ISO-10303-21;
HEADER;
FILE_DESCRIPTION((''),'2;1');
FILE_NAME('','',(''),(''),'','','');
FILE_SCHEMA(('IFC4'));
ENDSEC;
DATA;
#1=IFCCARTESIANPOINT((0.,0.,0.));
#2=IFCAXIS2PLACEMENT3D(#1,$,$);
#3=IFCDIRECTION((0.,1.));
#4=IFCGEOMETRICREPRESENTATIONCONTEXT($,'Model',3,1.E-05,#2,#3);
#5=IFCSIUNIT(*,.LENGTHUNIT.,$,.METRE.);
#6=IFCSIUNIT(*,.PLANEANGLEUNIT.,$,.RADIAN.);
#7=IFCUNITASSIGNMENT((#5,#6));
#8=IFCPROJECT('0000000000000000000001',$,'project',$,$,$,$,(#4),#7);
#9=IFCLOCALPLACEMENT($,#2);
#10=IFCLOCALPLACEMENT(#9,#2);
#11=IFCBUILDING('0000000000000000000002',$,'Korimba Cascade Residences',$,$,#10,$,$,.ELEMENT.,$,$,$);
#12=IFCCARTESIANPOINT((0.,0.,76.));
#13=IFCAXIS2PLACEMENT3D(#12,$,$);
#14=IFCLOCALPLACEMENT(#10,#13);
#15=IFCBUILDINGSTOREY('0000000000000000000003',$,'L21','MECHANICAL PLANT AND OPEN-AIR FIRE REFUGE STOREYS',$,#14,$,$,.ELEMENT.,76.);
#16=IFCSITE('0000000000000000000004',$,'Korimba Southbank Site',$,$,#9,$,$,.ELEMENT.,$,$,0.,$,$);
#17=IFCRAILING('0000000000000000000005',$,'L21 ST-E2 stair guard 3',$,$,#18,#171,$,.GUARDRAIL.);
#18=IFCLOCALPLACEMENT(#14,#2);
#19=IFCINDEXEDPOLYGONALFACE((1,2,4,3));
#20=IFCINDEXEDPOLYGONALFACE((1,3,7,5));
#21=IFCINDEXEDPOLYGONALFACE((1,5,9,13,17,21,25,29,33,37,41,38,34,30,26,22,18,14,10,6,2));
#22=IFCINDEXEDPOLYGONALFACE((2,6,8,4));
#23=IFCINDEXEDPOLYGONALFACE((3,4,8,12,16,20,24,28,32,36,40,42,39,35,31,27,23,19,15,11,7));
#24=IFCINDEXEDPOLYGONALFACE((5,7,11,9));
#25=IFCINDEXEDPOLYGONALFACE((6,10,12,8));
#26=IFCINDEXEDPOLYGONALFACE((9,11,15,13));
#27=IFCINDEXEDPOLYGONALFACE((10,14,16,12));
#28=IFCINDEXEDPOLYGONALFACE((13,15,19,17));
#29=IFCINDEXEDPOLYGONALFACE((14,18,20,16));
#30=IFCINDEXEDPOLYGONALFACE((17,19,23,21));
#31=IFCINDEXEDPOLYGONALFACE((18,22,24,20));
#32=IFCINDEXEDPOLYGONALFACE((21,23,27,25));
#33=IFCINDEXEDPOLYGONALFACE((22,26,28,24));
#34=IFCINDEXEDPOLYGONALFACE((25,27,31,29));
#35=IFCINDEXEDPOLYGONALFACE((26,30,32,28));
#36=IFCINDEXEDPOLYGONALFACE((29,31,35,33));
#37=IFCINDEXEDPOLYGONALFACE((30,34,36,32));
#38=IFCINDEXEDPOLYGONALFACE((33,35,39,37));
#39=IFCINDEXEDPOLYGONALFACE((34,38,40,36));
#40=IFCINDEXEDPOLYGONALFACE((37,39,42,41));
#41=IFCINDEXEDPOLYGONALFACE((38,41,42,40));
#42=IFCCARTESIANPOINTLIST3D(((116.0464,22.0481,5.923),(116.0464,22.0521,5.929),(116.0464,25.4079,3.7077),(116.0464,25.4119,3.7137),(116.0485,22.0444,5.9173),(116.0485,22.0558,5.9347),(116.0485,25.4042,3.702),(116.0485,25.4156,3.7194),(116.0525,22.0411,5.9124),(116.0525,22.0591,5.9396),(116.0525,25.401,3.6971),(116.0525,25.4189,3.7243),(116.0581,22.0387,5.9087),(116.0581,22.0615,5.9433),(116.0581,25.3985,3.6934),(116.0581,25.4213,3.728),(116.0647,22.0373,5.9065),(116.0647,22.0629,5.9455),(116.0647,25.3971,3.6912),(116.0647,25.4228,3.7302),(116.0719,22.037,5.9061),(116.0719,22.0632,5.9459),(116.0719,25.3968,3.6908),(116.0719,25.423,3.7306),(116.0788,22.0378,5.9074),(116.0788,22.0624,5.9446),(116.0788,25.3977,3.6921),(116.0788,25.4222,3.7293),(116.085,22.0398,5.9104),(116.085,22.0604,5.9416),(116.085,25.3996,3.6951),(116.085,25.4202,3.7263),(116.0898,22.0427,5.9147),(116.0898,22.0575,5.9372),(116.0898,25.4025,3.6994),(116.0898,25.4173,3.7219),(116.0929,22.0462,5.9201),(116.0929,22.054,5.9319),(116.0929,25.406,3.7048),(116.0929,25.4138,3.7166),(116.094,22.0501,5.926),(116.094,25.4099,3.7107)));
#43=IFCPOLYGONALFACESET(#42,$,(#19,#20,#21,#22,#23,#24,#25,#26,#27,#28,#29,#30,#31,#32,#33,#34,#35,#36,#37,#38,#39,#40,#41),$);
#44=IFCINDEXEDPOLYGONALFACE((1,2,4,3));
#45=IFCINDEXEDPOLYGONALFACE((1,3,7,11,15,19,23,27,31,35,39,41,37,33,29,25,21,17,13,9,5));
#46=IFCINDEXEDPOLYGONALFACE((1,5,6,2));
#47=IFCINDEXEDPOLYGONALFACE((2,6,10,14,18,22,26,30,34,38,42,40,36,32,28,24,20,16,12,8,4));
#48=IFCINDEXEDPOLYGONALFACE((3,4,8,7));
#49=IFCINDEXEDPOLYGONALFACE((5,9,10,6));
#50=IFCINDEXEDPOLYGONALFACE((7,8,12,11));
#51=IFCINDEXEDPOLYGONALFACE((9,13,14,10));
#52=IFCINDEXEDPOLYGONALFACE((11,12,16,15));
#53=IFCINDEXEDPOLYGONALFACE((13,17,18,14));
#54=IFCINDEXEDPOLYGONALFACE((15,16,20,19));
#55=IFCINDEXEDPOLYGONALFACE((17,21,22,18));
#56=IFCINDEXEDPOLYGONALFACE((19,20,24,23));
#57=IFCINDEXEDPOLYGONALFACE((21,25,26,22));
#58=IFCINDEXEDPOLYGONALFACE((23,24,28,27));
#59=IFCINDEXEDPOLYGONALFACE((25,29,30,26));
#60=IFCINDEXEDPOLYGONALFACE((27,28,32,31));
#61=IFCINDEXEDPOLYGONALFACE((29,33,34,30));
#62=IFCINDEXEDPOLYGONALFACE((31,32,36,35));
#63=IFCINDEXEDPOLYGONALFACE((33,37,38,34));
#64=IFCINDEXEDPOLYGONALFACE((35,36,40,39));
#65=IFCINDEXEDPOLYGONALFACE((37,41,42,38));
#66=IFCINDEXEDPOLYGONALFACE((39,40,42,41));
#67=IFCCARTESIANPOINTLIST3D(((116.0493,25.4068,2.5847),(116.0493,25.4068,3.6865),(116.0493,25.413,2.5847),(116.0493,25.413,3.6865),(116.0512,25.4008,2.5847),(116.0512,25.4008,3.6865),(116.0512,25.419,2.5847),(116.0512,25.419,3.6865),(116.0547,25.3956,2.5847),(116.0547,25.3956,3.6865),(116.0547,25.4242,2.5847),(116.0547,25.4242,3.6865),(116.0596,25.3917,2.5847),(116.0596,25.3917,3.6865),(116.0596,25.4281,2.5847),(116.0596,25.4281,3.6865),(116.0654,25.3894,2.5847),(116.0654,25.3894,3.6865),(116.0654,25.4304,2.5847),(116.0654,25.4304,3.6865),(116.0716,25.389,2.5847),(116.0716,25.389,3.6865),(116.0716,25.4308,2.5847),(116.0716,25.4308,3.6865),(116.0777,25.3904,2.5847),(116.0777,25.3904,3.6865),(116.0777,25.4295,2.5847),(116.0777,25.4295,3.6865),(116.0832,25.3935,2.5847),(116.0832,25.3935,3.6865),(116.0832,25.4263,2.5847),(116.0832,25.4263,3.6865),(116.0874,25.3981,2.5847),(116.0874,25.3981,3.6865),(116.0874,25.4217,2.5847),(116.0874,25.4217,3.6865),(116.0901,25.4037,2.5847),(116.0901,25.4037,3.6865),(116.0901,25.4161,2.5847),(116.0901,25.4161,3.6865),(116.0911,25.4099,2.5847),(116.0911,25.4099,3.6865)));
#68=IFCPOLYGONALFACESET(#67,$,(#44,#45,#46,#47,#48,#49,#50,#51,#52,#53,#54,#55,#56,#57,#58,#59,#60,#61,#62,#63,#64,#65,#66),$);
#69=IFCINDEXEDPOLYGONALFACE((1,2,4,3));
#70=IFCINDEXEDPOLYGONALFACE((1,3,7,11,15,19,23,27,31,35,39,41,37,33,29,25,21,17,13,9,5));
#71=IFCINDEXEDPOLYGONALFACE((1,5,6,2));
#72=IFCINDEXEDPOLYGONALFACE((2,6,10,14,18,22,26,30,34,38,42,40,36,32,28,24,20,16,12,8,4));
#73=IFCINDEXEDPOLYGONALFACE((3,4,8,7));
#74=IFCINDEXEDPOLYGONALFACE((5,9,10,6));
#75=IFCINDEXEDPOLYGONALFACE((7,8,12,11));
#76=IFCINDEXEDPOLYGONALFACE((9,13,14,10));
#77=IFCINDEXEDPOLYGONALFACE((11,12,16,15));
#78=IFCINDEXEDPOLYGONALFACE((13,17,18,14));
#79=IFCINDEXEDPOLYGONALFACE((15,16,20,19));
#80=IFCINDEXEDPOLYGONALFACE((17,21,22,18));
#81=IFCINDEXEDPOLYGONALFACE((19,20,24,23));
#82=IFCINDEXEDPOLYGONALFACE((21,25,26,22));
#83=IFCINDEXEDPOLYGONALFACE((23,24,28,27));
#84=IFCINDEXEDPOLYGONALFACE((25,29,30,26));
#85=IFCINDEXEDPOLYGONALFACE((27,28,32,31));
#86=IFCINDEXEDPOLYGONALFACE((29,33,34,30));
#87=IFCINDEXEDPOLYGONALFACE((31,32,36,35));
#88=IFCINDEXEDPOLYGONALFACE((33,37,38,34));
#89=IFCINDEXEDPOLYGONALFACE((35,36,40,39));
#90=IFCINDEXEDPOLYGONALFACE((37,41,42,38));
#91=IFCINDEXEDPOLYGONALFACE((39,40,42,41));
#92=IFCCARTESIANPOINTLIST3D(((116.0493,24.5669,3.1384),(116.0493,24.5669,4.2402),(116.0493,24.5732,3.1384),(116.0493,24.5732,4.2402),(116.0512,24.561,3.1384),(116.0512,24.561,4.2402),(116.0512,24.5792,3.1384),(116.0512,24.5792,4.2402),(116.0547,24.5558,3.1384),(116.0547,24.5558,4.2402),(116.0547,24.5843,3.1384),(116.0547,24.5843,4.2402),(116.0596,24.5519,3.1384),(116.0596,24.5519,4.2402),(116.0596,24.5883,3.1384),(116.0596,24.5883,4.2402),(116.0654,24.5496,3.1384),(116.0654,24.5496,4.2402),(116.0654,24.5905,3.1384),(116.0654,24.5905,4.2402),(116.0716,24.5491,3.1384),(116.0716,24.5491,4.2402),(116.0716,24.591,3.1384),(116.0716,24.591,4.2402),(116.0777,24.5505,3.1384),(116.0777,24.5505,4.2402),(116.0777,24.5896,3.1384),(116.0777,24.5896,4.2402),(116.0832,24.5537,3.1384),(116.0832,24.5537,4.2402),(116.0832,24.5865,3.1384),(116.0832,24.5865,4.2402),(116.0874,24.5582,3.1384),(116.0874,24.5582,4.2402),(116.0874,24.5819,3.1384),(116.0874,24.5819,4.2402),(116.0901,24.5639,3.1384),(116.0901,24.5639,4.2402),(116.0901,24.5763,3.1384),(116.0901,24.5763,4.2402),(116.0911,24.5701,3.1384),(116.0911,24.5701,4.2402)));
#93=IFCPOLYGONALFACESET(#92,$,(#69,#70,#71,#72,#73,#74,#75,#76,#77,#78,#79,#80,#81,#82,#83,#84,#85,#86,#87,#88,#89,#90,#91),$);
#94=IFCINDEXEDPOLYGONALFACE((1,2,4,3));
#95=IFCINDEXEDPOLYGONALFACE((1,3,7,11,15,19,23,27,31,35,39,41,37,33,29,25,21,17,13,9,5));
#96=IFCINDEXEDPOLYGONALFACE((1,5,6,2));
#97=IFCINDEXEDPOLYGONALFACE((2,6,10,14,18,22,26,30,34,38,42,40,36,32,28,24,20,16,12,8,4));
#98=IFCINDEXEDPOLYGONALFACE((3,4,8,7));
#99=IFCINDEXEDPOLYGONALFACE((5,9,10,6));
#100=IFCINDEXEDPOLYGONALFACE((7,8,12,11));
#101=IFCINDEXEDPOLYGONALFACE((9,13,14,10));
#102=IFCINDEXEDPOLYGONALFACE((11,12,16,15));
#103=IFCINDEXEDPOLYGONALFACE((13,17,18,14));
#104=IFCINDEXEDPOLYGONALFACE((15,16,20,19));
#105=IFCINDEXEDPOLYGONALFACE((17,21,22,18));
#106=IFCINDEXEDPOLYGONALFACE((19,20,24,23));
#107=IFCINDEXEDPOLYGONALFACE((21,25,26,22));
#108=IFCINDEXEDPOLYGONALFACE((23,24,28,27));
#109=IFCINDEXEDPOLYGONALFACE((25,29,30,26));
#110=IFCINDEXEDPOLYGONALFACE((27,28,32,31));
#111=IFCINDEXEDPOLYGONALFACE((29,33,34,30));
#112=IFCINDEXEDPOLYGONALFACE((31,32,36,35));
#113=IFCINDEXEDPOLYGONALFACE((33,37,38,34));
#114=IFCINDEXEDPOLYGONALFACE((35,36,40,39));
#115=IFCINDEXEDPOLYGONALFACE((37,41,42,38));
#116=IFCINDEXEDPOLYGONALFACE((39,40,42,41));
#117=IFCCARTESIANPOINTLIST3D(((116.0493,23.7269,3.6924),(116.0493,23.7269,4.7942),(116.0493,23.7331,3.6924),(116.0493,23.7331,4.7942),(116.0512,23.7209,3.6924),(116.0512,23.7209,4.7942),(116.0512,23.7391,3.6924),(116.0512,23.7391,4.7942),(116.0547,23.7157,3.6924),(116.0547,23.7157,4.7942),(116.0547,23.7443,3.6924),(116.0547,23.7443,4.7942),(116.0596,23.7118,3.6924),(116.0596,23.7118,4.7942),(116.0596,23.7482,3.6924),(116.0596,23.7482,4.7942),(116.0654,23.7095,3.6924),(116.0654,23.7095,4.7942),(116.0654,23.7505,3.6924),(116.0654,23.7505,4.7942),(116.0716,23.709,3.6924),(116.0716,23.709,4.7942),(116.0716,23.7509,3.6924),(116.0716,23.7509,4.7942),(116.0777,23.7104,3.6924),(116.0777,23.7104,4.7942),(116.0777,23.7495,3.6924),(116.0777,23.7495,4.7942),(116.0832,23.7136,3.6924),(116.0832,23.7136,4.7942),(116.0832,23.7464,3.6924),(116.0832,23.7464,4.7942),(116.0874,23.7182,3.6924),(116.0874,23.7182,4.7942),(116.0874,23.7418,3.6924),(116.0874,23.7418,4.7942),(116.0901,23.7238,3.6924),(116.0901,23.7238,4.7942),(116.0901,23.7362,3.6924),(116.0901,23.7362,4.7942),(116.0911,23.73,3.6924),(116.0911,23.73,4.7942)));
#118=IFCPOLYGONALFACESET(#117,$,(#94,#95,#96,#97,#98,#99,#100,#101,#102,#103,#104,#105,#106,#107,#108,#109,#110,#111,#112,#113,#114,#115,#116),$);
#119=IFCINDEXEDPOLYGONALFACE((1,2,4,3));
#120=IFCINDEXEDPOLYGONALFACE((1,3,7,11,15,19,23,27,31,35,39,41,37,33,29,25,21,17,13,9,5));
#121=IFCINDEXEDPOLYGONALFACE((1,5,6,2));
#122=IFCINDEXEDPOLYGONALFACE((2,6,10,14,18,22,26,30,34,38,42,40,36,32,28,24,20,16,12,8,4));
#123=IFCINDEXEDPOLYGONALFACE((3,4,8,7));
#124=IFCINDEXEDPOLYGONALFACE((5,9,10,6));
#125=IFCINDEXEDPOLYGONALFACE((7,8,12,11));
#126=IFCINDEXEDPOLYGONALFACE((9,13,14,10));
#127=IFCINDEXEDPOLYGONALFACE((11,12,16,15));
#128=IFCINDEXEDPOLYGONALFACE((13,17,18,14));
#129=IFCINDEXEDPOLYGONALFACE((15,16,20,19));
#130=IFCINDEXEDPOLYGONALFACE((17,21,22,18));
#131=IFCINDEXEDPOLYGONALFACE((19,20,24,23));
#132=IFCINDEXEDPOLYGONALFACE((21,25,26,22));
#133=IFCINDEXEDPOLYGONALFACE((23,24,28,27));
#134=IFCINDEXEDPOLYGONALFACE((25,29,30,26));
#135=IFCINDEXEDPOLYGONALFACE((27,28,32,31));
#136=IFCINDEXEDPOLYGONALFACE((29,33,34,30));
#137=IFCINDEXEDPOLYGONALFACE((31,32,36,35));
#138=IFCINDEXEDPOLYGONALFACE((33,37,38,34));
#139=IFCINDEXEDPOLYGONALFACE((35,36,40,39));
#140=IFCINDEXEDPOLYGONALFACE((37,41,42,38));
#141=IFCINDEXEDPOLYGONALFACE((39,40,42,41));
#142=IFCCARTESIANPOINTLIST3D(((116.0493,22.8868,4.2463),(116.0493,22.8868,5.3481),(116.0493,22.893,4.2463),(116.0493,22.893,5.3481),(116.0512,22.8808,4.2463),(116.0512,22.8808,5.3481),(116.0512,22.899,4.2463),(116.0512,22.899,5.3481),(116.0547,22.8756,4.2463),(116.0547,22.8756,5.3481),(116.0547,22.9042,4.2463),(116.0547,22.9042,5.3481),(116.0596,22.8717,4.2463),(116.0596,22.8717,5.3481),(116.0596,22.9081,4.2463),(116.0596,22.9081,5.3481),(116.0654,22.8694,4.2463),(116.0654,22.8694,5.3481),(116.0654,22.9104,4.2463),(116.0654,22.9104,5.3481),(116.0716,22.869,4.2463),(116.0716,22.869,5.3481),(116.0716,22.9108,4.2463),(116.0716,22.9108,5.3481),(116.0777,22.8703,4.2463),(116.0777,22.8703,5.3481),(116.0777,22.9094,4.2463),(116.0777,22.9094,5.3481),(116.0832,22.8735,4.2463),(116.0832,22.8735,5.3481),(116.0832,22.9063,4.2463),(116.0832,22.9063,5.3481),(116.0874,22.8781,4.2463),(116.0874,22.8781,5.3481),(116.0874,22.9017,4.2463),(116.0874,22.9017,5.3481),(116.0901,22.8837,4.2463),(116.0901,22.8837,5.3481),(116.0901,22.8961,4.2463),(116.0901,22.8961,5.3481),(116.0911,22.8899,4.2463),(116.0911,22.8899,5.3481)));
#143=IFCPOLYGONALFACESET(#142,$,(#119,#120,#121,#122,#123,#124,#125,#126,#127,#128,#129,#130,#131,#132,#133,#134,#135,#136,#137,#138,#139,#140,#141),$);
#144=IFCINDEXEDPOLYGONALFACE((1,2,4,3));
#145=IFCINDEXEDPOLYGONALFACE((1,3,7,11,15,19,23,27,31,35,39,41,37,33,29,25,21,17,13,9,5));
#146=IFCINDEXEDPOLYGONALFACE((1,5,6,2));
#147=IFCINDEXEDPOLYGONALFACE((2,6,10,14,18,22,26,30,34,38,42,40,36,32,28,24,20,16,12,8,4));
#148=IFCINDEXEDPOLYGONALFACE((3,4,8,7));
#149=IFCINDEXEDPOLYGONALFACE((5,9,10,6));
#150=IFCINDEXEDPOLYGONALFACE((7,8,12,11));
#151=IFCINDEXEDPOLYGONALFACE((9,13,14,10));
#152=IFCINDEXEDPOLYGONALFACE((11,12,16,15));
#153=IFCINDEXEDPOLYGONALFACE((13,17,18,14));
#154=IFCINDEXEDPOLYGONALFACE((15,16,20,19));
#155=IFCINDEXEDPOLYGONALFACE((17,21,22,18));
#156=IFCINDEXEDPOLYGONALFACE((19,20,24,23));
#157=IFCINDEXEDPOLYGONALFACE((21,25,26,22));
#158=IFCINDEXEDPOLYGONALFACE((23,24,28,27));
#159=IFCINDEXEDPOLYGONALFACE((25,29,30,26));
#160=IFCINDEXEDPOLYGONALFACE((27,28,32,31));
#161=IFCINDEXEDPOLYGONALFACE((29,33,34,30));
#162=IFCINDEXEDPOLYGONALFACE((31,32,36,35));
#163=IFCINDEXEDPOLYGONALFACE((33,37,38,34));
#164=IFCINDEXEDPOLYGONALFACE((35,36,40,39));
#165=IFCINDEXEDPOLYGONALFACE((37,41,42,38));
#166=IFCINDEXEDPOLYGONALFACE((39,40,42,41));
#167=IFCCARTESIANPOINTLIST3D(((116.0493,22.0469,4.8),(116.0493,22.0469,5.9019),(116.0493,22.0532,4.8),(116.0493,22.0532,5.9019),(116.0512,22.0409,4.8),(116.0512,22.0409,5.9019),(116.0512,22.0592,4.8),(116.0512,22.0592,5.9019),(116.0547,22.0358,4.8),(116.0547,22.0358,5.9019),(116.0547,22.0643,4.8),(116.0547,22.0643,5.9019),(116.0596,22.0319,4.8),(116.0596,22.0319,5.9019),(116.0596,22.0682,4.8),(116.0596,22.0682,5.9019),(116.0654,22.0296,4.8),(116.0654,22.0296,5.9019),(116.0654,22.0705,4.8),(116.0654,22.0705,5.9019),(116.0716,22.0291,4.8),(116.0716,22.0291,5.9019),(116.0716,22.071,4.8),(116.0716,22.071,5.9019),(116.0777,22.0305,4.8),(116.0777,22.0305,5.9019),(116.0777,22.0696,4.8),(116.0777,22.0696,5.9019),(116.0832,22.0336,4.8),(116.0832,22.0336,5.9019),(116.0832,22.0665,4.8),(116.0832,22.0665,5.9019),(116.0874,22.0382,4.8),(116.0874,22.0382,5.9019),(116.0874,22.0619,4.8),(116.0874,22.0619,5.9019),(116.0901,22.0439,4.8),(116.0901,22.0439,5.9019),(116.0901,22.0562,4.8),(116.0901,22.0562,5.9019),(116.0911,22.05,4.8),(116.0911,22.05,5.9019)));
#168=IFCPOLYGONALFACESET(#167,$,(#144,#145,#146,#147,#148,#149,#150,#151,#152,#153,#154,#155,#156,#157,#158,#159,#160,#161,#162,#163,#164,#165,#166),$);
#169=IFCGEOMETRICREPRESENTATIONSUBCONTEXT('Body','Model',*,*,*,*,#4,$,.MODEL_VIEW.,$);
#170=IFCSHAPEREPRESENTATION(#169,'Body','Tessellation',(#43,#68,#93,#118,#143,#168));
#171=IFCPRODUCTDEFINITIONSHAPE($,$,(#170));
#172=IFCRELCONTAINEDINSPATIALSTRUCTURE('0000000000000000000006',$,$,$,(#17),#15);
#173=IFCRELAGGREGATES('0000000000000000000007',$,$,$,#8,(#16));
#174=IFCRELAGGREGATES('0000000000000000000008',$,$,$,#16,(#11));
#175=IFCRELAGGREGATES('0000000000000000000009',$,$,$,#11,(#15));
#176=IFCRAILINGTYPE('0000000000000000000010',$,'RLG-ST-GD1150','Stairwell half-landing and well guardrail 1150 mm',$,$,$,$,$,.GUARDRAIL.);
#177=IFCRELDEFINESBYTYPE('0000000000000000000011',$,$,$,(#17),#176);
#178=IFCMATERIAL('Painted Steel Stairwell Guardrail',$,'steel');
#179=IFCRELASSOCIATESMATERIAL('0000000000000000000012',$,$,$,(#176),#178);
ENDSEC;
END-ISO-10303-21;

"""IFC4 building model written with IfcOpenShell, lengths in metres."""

from ifc_helpers import new_model, si_unit, direction, frame, origin, origin_2d, place, context, subcontext, project, spatial, circle, extrude, material, type_object, element, save


model = new_model("IFC4")

# Units and contexts
model_context = context("Model", 3, precision=1e-05, world=origin(), true_north=direction((0.0, 1.0)))
body_context = subcontext(model_context, "Body", "Model", "MODEL_VIEW")
ifc_project = project(units=[si_unit("LENGTHUNIT", "METRE"), si_unit("PLANEANGLEUNIT", "RADIAN")], contexts=[model_context])

# Site, building, storey
site_placement = place(None, origin())
site = spatial("IfcSite", under=ifc_project, at=site_placement, Name="Korimba Southbank Site", CompositionType="ELEMENT", RefElevation=0.0)
building_placement = place(site_placement, origin())
building = spatial("IfcBuilding", under=site, at=building_placement, Name="Korimba Cascade Residences", CompositionType="ELEMENT")
storey_placement = place(building_placement, frame((0.0, 0.0, 76.0)))
storey = spatial("IfcBuildingStorey", under=building, at=storey_placement, Name="L21", Description="MECHANICAL PLANT AND OPEN-AIR FIRE REFUGE STOREYS", CompositionType="ELEMENT", Elevation=76.0)

# Railing
ifc_material_1 = material(Name="Painted Steel Stairwell Guardrail", Category="steel")
railing_type_1 = type_object("IfcRailingType", Name="RLG-ST-GD1150", Description="Stairwell half-landing and well guardrail 1150 mm", PredefinedType="GUARDRAIL", material=ifc_material_1)
railing_1_placement = place(storey_placement, frame((116.0701, 25.4099, 2.5847)))
element("IfcRailing", 1, at=railing_1_placement, inside=storey, type_object=railing_type_1, Name="L21 ST-E2 stair guard 3", PredefinedType="GUARDRAIL", context=body_context, shape_type="SweptSolid", body=[
    extrude(circle(Radius=0.0239, at=origin_2d()), frame((0.0, 0.0, 1.126), z_axis=(0.0, -0.834858, 0.550465), x_axis=(1.0, 0.0, 0.0)), (0.0, 0.0, 1.0), 4.0244),
    extrude(circle(Radius=0.021, at=origin_2d()), origin(), (0.0, 0.0, 1.0), 1.1018),
    extrude(circle(Radius=0.021, at=origin_2d()), frame((0.0, -0.8398, 0.5537)), (0.0, 0.0, 1.0), 1.1018),
    extrude(circle(Radius=0.021, at=origin_2d()), frame((0.0, -1.6799, 1.1077)), (0.0, 0.0, 1.0), 1.1018),
    extrude(circle(Radius=0.021, at=origin_2d()), frame((0.0, -2.52, 1.6616)), (0.0, 0.0, 1.0), 1.1018),
    extrude(circle(Radius=0.021, at=origin_2d()), frame((0.0, -3.3599, 2.2153)), (0.0, 0.0, 1.0), 1.1018),
])

save(model, "model.ifc")
